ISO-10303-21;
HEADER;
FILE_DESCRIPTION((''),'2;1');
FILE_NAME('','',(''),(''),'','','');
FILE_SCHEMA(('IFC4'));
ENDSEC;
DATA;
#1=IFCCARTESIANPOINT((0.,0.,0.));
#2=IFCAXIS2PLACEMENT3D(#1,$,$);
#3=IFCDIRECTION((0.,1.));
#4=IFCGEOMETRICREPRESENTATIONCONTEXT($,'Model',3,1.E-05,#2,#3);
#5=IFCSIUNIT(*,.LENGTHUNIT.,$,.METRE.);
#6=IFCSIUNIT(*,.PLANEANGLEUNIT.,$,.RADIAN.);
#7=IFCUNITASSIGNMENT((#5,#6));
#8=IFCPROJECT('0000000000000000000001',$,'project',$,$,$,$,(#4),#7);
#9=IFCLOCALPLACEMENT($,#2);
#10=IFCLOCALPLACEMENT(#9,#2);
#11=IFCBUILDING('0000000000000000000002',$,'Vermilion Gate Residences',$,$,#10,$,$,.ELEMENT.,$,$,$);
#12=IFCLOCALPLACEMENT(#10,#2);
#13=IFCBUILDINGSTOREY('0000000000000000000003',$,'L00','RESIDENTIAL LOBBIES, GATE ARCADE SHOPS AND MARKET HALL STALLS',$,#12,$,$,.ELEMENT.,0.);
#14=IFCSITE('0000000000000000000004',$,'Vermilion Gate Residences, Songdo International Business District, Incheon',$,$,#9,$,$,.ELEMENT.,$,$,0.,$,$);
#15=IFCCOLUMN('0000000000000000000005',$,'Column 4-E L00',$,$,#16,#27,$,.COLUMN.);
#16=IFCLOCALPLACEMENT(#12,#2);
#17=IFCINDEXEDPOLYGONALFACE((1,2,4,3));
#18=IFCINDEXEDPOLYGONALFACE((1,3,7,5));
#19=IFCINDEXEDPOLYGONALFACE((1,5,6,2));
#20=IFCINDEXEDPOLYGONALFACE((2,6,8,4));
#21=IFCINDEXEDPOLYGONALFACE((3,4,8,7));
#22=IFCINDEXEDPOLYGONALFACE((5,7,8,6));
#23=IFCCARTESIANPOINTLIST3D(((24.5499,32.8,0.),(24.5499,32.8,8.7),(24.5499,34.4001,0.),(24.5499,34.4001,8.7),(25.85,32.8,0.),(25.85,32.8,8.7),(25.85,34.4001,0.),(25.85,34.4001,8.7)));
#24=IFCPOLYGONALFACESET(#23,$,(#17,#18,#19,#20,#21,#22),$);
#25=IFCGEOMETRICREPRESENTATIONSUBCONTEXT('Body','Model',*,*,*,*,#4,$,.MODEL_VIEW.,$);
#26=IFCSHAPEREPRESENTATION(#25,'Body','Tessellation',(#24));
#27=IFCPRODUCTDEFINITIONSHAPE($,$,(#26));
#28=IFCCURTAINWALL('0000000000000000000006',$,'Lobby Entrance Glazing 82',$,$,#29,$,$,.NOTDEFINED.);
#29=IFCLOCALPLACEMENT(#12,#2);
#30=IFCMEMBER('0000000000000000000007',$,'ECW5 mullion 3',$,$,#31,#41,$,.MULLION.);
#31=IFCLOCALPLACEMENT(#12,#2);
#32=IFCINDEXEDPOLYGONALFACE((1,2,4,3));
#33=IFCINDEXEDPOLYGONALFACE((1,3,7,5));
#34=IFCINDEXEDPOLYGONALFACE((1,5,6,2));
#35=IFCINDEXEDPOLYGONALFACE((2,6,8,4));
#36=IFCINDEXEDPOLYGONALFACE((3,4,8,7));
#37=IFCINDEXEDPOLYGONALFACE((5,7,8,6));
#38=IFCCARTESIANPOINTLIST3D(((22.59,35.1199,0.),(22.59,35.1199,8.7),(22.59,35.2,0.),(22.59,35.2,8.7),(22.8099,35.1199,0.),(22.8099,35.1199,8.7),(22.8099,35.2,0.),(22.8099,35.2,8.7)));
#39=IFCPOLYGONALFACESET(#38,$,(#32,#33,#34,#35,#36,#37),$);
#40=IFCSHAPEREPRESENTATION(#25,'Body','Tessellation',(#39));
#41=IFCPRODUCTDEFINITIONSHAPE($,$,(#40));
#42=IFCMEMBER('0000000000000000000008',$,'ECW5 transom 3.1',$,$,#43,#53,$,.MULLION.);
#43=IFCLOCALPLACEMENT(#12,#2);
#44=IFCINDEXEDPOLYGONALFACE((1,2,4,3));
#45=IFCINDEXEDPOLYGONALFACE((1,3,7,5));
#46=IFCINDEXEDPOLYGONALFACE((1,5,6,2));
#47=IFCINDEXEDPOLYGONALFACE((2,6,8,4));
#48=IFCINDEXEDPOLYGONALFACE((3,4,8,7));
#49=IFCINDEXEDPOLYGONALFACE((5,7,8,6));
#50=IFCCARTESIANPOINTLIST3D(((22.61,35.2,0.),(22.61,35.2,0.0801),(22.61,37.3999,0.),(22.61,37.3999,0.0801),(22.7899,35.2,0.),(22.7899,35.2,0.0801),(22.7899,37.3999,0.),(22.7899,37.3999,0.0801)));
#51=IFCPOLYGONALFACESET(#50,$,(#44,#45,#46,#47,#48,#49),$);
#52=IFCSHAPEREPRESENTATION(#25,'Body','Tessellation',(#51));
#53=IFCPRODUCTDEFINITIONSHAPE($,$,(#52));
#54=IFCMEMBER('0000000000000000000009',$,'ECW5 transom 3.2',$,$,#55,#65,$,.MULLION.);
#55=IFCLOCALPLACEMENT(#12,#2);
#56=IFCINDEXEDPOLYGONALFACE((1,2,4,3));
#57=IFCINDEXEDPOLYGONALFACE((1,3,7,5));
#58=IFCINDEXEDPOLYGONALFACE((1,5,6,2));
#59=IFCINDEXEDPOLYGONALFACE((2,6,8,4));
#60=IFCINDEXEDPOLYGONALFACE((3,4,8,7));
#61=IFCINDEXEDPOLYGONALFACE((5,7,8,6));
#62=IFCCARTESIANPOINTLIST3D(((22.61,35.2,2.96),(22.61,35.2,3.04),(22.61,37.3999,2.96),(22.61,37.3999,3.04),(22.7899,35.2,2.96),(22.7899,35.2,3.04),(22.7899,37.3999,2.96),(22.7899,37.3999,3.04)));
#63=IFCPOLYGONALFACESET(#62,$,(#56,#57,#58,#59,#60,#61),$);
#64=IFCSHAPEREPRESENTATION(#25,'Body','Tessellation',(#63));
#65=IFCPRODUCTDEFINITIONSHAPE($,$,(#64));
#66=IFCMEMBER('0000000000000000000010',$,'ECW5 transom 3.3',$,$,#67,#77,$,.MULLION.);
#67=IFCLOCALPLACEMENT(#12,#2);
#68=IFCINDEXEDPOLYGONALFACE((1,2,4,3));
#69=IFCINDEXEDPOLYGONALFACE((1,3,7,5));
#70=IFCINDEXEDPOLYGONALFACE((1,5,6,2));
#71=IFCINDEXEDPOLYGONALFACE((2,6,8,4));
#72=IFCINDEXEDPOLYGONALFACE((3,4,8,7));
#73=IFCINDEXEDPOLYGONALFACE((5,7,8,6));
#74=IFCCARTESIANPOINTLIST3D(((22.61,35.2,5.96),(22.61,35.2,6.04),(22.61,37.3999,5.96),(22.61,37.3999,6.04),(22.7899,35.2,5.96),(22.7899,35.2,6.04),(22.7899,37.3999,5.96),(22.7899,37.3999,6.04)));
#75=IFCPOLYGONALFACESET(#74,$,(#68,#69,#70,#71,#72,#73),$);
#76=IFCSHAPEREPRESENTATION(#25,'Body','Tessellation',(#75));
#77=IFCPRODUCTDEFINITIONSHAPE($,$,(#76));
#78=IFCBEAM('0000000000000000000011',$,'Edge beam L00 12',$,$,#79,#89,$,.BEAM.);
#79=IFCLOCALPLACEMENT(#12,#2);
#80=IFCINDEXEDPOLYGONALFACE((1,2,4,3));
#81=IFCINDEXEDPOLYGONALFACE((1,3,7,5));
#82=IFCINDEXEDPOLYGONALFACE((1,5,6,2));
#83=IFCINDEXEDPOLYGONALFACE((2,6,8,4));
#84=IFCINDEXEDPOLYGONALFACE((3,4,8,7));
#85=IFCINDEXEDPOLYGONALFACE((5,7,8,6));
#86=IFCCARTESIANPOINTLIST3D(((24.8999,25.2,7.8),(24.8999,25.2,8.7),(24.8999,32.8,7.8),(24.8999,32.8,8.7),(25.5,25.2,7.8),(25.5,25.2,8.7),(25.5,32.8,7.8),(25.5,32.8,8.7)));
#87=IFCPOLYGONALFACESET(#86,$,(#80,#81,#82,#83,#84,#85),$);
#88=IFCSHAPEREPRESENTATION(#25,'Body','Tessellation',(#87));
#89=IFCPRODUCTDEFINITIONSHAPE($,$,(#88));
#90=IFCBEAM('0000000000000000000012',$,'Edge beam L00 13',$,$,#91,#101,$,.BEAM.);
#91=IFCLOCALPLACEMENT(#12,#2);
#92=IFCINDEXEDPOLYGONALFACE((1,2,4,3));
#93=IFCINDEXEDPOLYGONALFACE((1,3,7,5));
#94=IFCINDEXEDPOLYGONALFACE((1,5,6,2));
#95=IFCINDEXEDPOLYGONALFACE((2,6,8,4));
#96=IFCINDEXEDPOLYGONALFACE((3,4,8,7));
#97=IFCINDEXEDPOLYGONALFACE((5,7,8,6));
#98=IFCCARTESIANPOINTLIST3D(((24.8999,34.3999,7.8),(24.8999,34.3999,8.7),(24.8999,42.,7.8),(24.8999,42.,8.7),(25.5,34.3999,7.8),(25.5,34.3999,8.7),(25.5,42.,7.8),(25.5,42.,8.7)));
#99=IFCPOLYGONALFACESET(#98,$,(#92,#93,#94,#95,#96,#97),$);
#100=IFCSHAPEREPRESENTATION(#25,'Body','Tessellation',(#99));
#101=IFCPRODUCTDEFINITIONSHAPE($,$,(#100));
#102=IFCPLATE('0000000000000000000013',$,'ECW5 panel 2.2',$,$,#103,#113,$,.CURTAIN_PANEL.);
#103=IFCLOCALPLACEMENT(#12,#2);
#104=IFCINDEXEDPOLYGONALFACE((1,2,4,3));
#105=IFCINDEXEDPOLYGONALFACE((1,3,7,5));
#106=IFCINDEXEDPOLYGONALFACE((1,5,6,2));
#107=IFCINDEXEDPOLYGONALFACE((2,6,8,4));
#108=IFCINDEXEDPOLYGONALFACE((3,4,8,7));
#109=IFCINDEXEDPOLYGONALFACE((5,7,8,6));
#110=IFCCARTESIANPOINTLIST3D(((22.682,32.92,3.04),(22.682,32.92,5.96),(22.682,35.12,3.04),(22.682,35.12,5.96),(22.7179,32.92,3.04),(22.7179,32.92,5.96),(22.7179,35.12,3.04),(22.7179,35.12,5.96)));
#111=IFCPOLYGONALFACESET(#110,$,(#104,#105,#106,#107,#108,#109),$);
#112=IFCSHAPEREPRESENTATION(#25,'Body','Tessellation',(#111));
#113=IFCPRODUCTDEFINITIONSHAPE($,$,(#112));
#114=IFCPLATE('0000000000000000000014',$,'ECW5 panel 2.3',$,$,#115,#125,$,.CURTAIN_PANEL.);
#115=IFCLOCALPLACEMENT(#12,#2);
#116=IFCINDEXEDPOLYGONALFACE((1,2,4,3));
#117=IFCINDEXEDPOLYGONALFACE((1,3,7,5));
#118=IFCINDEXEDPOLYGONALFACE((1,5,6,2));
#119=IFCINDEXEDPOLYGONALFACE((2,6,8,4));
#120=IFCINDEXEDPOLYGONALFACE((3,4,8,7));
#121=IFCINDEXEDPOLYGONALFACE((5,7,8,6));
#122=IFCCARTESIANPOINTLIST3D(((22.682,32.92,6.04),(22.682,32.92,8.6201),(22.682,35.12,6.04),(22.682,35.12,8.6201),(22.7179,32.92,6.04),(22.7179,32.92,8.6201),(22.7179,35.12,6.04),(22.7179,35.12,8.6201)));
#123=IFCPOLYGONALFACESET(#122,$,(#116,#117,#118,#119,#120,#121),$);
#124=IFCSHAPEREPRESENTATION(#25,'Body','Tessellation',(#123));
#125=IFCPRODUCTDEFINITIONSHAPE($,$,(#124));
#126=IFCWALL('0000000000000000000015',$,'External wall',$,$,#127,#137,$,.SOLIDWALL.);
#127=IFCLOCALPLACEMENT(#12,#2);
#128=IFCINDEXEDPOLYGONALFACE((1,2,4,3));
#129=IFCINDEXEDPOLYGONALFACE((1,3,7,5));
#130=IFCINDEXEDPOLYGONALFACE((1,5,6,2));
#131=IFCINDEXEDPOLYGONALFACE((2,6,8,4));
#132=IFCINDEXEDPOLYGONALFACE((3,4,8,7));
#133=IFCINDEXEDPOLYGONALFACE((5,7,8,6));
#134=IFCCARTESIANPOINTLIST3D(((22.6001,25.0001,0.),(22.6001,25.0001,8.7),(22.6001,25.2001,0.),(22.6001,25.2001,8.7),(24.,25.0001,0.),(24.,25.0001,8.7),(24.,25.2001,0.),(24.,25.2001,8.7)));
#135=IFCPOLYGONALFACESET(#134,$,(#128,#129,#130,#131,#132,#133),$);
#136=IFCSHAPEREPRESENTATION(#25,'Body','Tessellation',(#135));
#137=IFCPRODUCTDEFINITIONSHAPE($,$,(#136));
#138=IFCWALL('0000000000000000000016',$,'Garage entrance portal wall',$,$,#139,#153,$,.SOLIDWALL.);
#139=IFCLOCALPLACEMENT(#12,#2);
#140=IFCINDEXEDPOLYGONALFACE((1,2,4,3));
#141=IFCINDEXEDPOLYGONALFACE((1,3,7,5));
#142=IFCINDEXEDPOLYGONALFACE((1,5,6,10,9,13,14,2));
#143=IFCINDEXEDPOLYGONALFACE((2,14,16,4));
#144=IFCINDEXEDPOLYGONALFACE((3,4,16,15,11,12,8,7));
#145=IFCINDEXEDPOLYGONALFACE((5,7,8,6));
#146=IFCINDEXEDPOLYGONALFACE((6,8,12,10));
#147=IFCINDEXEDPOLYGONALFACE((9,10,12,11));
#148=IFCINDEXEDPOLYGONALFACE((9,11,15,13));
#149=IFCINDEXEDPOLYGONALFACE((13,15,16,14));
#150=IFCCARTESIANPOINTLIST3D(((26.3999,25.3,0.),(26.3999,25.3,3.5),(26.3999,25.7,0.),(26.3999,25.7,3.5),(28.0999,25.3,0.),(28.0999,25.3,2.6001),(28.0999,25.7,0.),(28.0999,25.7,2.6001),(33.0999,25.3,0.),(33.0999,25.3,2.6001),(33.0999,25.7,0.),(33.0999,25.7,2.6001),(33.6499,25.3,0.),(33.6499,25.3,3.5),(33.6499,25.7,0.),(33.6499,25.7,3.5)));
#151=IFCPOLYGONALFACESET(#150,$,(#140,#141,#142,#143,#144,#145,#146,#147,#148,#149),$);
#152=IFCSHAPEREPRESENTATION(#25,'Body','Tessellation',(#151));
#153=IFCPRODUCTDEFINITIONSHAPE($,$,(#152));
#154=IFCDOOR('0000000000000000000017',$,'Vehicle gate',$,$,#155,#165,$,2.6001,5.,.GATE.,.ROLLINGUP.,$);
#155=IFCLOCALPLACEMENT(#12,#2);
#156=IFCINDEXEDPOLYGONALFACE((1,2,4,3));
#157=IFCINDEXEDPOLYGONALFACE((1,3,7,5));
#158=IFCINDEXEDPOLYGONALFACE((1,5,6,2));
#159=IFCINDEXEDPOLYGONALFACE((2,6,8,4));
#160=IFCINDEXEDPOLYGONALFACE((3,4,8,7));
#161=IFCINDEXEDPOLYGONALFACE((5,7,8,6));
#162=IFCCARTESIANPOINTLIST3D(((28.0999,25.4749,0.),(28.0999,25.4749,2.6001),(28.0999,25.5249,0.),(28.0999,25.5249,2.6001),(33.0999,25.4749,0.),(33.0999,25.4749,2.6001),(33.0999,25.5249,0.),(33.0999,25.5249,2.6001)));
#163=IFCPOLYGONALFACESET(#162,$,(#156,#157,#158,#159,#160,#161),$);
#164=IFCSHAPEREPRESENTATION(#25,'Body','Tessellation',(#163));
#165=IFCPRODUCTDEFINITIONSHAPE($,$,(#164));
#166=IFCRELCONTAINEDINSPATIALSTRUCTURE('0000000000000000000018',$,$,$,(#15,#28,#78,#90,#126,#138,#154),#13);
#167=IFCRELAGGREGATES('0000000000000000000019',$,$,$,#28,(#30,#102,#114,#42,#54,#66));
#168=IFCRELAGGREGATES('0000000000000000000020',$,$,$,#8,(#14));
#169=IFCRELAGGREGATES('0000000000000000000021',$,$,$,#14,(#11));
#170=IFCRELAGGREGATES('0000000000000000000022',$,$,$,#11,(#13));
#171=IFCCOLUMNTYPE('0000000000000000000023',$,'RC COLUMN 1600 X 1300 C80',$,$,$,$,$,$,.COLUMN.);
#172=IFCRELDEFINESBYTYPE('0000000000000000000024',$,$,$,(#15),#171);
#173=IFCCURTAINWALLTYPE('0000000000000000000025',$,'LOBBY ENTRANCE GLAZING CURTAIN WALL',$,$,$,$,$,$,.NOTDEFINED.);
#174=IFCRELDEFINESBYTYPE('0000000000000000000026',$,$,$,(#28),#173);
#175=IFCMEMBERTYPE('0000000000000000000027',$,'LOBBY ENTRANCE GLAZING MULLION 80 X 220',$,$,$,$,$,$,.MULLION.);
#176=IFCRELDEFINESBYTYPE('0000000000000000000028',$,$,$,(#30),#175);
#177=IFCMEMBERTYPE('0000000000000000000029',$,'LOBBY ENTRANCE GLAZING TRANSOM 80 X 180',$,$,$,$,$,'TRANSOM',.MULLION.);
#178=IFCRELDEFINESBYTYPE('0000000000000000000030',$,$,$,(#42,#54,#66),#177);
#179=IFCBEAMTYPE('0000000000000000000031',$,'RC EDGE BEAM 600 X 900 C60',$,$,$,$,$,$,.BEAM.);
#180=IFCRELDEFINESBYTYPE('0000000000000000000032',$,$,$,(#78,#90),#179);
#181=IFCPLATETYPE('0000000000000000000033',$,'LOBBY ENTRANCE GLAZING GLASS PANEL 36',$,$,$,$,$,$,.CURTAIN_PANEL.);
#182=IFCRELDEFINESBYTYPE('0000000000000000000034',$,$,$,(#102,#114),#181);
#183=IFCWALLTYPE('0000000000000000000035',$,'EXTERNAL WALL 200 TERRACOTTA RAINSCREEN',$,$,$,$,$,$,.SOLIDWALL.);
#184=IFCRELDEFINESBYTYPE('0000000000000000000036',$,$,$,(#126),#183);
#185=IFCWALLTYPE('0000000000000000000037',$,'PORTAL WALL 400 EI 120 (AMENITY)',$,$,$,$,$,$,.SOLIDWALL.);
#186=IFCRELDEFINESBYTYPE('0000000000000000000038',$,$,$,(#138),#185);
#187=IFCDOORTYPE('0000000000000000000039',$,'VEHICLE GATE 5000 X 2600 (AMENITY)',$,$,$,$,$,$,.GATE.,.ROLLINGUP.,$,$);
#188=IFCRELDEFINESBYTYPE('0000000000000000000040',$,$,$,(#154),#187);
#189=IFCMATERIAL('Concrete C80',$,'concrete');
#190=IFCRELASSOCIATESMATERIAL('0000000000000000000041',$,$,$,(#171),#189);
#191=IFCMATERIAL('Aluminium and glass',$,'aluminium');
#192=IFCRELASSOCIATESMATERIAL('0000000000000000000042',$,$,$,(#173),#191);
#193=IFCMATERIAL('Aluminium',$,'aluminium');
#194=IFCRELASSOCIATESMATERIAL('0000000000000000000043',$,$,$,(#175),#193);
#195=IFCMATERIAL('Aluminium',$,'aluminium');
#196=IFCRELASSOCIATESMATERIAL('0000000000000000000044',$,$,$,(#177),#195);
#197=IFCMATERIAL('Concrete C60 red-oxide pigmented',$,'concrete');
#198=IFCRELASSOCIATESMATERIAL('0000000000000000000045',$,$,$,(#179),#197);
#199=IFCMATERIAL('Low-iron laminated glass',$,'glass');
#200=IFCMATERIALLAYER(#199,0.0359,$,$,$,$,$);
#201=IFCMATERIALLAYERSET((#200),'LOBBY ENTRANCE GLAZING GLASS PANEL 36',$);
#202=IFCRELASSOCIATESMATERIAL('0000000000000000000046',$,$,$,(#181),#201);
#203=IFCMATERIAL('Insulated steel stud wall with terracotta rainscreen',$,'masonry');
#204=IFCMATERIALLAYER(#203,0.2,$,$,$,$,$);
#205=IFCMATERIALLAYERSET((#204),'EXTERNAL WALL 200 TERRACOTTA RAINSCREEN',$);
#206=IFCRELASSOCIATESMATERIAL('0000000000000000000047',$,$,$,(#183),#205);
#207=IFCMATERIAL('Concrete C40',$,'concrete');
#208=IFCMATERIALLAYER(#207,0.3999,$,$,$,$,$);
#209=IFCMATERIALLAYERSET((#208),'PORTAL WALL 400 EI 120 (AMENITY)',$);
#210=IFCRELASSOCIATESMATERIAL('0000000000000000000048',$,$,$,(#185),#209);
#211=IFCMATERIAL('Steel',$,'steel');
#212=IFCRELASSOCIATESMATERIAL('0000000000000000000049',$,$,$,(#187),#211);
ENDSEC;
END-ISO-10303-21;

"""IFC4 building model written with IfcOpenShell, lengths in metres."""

from ifc_helpers import new_model, si_unit, direction, frame, frame_2d, origin, origin_2d, place, context, subcontext, project, spatial, rectangle, extrude, material, layer, layer_set, material_profile, profile_set, type_object, element, fill, aggregate, save


model = new_model("IFC4")

# Units and contexts
model_context = context("Model", 3, precision=1e-05, world=origin(), true_north=direction((0.0, 1.0)))
body_context = subcontext(model_context, "Body", "Model", "MODEL_VIEW")
ifc_project = project(units=[si_unit("LENGTHUNIT", "METRE"), si_unit("PLANEANGLEUNIT", "RADIAN")], contexts=[model_context])

# Site, building, storey
site_placement = place(None, origin())
site = spatial("IfcSite", under=ifc_project, at=site_placement, Name="Vermilion Gate Residences, Songdo International Business District, Incheon", CompositionType="ELEMENT", RefElevation=0.0)
building_placement = place(site_placement, origin())
building = spatial("IfcBuilding", under=site, at=building_placement, Name="Vermilion Gate Residences", CompositionType="ELEMENT")
storey_placement = place(building_placement, origin())
storey = spatial("IfcBuildingStorey", under=building, at=storey_placement, Name="L00", Description="RESIDENTIAL LOBBIES, GATE ARCADE SHOPS AND MARKET HALL STALLS", CompositionType="ELEMENT", Elevation=0.0)

# Column
ifc_material_1 = material(Name="Concrete C80", Category="concrete")
ifc_material_profile_1 = material_profile(ifc_material_1, rectangle(XDim=1.6001, YDim=1.3, at=origin_2d()), Name="RC-1600x1300")
ifc_profile_set_1 = profile_set([ifc_material_profile_1], Name="Concrete C80")
column_type = type_object("IfcColumnType", Name="RC COLUMN 1600 X 1300 C80", PredefinedType="COLUMN", material=ifc_profile_set_1)
column_placement = place(storey_placement, frame((25.2, 33.6001, 0.0), z_axis=(0.0, 0.0, 1.0), x_axis=(0.0, 1.0, 0.0)))
element("IfcColumn", 1, at=column_placement, inside=storey, type_object=column_type, Name="Column 4-E L00", PredefinedType="COLUMN", context=body_context, shape_type="SweptSolid", body=[
    extrude(rectangle(XDim=1.6001, YDim=1.3, at=origin_2d()), origin(), (0.0, 0.0, 1.0), 8.7),
])

# Curtain wall, members
ifc_material_2 = material(Name="Aluminium and glass", Category="aluminium")
curtain_wall_type = type_object("IfcCurtainWallType", Name="LOBBY ENTRANCE GLAZING CURTAIN WALL", PredefinedType="NOTDEFINED", material=ifc_material_2)
curtain_wall_placement = place(storey_placement, origin())
curtain_wall = element("IfcCurtainWall", 2, at=curtain_wall_placement, inside=storey, type_object=curtain_wall_type, Name="Lobby Entrance Glazing 82", PredefinedType="NOTDEFINED")
ifc_material_3 = material(Name="Aluminium", Category="aluminium")
ifc_material_profile_2 = material_profile(ifc_material_3, rectangle(XDim=0.22, YDim=0.0801, at=origin_2d()), Name="MULLION 80 X 220")
ifc_profile_set_2 = profile_set([ifc_material_profile_2], Name="Aluminium")
member_type_1 = type_object("IfcMemberType", Name="LOBBY ENTRANCE GLAZING MULLION 80 X 220", PredefinedType="MULLION", material=ifc_profile_set_2)
member_1_placement = place(storey_placement, frame((22.7, 35.1599, 0.0), z_axis=(0.0, 0.0, 1.0), x_axis=(-1.0, 0.0, 0.0)))
member_1 = element("IfcMember", 3, at=member_1_placement, type_object=member_type_1, Name="ECW5 mullion 3", PredefinedType="MULLION", context=body_context, shape_type="SweptSolid", body=[
    extrude(rectangle(XDim=0.22, YDim=0.0801, at=origin_2d()), origin(), (0.0, 0.0, 1.0), 8.7),
])
ifc_material_4 = material(Name="Aluminium", Category="aluminium")
ifc_material_profile_3 = material_profile(ifc_material_4, rectangle(XDim=0.1799, YDim=0.0801, at=origin_2d()), Name="TRANSOM 80 X 180")
ifc_profile_set_3 = profile_set([ifc_material_profile_3], Name="Aluminium")
member_type_2 = type_object("IfcMemberType", Name="LOBBY ENTRANCE GLAZING TRANSOM 80 X 180", ElementType="TRANSOM", PredefinedType="MULLION", material=ifc_profile_set_3)
member_2_placement = place(storey_placement, frame((22.7, 35.2, 0.04), z_axis=(0.0, 1.0, 0.0), x_axis=(-1.0, 0.0, 0.0)))
member_2 = element("IfcMember", 4, at=member_2_placement, type_object=member_type_2, Name="ECW5 transom 3.1", PredefinedType="MULLION", context=body_context, shape_type="SweptSolid", body=[
    extrude(rectangle(XDim=0.1799, YDim=0.0801, at=origin_2d()), origin(), (0.0, 0.0, 1.0), 2.2),
])
member_3_placement = place(storey_placement, frame((22.7, 35.2, 3.0), z_axis=(0.0, 1.0, 0.0), x_axis=(-1.0, 0.0, 0.0)))
member_3 = element("IfcMember", 5, at=member_3_placement, type_object=member_type_2, Name="ECW5 transom 3.2", PredefinedType="MULLION", context=body_context, shape_type="SweptSolid", body=[
    extrude(rectangle(XDim=0.1799, YDim=0.0801, at=origin_2d()), origin(), (0.0, 0.0, 1.0), 2.2),
])
member_4_placement = place(storey_placement, frame((22.7, 35.2, 6.0), z_axis=(0.0, 1.0, 0.0), x_axis=(-1.0, 0.0, 0.0)))
member_4 = element("IfcMember", 6, at=member_4_placement, type_object=member_type_2, Name="ECW5 transom 3.3", PredefinedType="MULLION", context=body_context, shape_type="SweptSolid", body=[
    extrude(rectangle(XDim=0.1799, YDim=0.0801, at=origin_2d()), origin(), (0.0, 0.0, 1.0), 2.2),
])

# Beams
ifc_material_5 = material(Name="Concrete C60 red-oxide pigmented", Category="concrete")
ifc_material_profile_4 = material_profile(ifc_material_5, rectangle(XDim=0.6001, YDim=0.8999, at=origin_2d()), Name="RC-600x900")
ifc_profile_set_4 = profile_set([ifc_material_profile_4], Name="Concrete C60 red-oxide pigmented")
beam_type = type_object("IfcBeamType", Name="RC EDGE BEAM 600 X 900 C60", PredefinedType="BEAM", material=ifc_profile_set_4)
for number, where, z_axis, x_axis, name in (
    (7, (25.2, 25.2, 8.25), (0.0, 1.0, 0.0), (-1.0, 0.0, 0.0), "Edge beam L00 12"),
    (8, (25.2, 34.3999, 8.25), (0.0, 1.0, 0.0), (-1.0, 0.0, 0.0), "Edge beam L00 13"),
):
    element("IfcBeam", number, at=place(storey_placement, frame(where, z_axis=z_axis, x_axis=x_axis)), inside=storey, type_object=beam_type, Name=name, PredefinedType="BEAM", context=body_context, shape_type="SweptSolid", body=[
        extrude(rectangle(XDim=0.6001, YDim=0.8999, at=origin_2d()), origin(), (0.0, 0.0, 1.0), 7.6001),
    ])

# Plates
ifc_material_6 = material(Name="Low-iron laminated glass", Category="glass")
ifc_layer_1 = layer(ifc_material_6, 0.0359)
ifc_layer_set_1 = layer_set([ifc_layer_1], Name="LOBBY ENTRANCE GLAZING GLASS PANEL 36")
plate_type = type_object("IfcPlateType", Name="LOBBY ENTRANCE GLAZING GLASS PANEL 36", PredefinedType="CURTAIN_PANEL", material=ifc_layer_set_1)
plate_1_placement = place(storey_placement, frame((22.7, 34.02, 3.04), z_axis=(0.0, 0.0, 1.0), x_axis=(0.0, 1.0, 0.0)))
plate_1 = element("IfcPlate", 9, at=plate_1_placement, type_object=plate_type, Name="ECW5 panel 2.2", PredefinedType="CURTAIN_PANEL", context=body_context, shape_type="SweptSolid", body=[
    extrude(rectangle(XDim=2.2, YDim=0.0359, at=origin_2d()), origin(), (0.0, 0.0, 1.0), 2.9199),
])
plate_2_placement = place(storey_placement, frame((22.7, 34.02, 6.04), z_axis=(0.0, 0.0, 1.0), x_axis=(0.0, 1.0, 0.0)))
plate_2 = element("IfcPlate", 10, at=plate_2_placement, type_object=plate_type, Name="ECW5 panel 2.3", PredefinedType="CURTAIN_PANEL", context=body_context, shape_type="SweptSolid", body=[
    extrude(rectangle(XDim=2.2, YDim=0.0359, at=origin_2d()), origin(), (0.0, 0.0, 1.0), 2.5801),
])
aggregate(curtain_wall, [member_1, plate_1, plate_2, member_2, member_3, member_4])

# Wall
ifc_material_7 = material(Name="Insulated steel stud wall with terracotta rainscreen", Category="masonry")
ifc_layer_2 = layer(ifc_material_7, 0.2)
ifc_layer_set_2 = layer_set([ifc_layer_2], Name="EXTERNAL WALL 200 TERRACOTTA RAINSCREEN")
wall_type_1 = type_object("IfcWallType", Name="EXTERNAL WALL 200 TERRACOTTA RAINSCREEN", PredefinedType="SOLIDWALL", material=ifc_layer_set_2)
wall_1_placement = place(storey_placement, frame((24.0, 25.1001, 0.0), z_axis=(0.0, 0.0, 1.0), x_axis=(-1.0, 0.0, 0.0)))
element("IfcWall", 11, at=wall_1_placement, inside=storey, type_object=wall_type_1, Name="External wall", PredefinedType="SOLIDWALL", context=body_context, shape_type="SweptSolid", body=[
    extrude(rectangle(XDim=1.3999, YDim=0.2, at=frame_2d((0.7, 0.0))), origin(), (0.0, 0.0, 1.0), 8.7),
])

# Wall, opening, door
ifc_material_8 = material(Name="Concrete C40", Category="concrete")
ifc_layer_3 = layer(ifc_material_8, 0.3999)
ifc_layer_set_3 = layer_set([ifc_layer_3], Name="PORTAL WALL 400 EI 120 (AMENITY)")
wall_type_2 = type_object("IfcWallType", Name="PORTAL WALL 400 EI 120 (AMENITY)", PredefinedType="SOLIDWALL", material=ifc_layer_set_3)
wall_2_placement = place(storey_placement, frame((26.3999, 25.5, 0.0), z_axis=(0.0, 0.0, 1.0), x_axis=(1.0, 0.0, 0.0)))
wall_2 = element("IfcWall", 12, at=wall_2_placement, inside=storey, type_object=wall_type_2, Name="Garage entrance portal wall", PredefinedType="SOLIDWALL", context=body_context, shape_type="SweptSolid", body=[
    extrude(rectangle(XDim=7.25, YDim=0.3999, at=frame_2d((3.625, 0.0))), origin(), (0.0, 0.0, 1.0), 3.5),
])
opening_1_placement = place(wall_2_placement, frame((1.7, 0.0, 0.0)))
opening_1 = element("IfcOpeningElement", 13, at=opening_1_placement, cuts=wall_2, PredefinedType="OPENING", context=body_context, shape_type="SweptSolid", body=[
    extrude(rectangle(XDim=5.0, YDim=2.6001, at=frame_2d((2.5, 1.3))), frame((0.0, 0.21, 0.0), z_axis=(0.0, -1.0, 0.0), x_axis=(1.0, 0.0, 0.0)), (0.0, 0.0, 1.0), 0.4199),
])
ifc_material_9 = material(Name="Steel", Category="steel")
door_type_1 = type_object("IfcDoorType", Name="VEHICLE GATE 5000 X 2600 (AMENITY)", OperationType="ROLLINGUP", PredefinedType="GATE", material=ifc_material_9)
door_1_placement = place(opening_1_placement, origin())
door_1 = element("IfcDoor", 14, at=door_1_placement, inside=storey, type_object=door_type_1, Name="Vehicle gate", OperationType="ROLLINGUP", OverallHeight=2.6001, OverallWidth=5.0, PredefinedType="GATE", context=body_context, shape_type="SweptSolid", body=[
    extrude(rectangle(XDim=5.0, YDim=2.6001, at=frame_2d((2.5, 1.3))), frame((0.0, 0.0249, 0.0), z_axis=(0.0, -1.0, 0.0), x_axis=(1.0, 0.0, 0.0)), (0.0, 0.0, 1.0), 0.05),
])
fill(opening_1, door_1)

save(model, "model.ifc")
